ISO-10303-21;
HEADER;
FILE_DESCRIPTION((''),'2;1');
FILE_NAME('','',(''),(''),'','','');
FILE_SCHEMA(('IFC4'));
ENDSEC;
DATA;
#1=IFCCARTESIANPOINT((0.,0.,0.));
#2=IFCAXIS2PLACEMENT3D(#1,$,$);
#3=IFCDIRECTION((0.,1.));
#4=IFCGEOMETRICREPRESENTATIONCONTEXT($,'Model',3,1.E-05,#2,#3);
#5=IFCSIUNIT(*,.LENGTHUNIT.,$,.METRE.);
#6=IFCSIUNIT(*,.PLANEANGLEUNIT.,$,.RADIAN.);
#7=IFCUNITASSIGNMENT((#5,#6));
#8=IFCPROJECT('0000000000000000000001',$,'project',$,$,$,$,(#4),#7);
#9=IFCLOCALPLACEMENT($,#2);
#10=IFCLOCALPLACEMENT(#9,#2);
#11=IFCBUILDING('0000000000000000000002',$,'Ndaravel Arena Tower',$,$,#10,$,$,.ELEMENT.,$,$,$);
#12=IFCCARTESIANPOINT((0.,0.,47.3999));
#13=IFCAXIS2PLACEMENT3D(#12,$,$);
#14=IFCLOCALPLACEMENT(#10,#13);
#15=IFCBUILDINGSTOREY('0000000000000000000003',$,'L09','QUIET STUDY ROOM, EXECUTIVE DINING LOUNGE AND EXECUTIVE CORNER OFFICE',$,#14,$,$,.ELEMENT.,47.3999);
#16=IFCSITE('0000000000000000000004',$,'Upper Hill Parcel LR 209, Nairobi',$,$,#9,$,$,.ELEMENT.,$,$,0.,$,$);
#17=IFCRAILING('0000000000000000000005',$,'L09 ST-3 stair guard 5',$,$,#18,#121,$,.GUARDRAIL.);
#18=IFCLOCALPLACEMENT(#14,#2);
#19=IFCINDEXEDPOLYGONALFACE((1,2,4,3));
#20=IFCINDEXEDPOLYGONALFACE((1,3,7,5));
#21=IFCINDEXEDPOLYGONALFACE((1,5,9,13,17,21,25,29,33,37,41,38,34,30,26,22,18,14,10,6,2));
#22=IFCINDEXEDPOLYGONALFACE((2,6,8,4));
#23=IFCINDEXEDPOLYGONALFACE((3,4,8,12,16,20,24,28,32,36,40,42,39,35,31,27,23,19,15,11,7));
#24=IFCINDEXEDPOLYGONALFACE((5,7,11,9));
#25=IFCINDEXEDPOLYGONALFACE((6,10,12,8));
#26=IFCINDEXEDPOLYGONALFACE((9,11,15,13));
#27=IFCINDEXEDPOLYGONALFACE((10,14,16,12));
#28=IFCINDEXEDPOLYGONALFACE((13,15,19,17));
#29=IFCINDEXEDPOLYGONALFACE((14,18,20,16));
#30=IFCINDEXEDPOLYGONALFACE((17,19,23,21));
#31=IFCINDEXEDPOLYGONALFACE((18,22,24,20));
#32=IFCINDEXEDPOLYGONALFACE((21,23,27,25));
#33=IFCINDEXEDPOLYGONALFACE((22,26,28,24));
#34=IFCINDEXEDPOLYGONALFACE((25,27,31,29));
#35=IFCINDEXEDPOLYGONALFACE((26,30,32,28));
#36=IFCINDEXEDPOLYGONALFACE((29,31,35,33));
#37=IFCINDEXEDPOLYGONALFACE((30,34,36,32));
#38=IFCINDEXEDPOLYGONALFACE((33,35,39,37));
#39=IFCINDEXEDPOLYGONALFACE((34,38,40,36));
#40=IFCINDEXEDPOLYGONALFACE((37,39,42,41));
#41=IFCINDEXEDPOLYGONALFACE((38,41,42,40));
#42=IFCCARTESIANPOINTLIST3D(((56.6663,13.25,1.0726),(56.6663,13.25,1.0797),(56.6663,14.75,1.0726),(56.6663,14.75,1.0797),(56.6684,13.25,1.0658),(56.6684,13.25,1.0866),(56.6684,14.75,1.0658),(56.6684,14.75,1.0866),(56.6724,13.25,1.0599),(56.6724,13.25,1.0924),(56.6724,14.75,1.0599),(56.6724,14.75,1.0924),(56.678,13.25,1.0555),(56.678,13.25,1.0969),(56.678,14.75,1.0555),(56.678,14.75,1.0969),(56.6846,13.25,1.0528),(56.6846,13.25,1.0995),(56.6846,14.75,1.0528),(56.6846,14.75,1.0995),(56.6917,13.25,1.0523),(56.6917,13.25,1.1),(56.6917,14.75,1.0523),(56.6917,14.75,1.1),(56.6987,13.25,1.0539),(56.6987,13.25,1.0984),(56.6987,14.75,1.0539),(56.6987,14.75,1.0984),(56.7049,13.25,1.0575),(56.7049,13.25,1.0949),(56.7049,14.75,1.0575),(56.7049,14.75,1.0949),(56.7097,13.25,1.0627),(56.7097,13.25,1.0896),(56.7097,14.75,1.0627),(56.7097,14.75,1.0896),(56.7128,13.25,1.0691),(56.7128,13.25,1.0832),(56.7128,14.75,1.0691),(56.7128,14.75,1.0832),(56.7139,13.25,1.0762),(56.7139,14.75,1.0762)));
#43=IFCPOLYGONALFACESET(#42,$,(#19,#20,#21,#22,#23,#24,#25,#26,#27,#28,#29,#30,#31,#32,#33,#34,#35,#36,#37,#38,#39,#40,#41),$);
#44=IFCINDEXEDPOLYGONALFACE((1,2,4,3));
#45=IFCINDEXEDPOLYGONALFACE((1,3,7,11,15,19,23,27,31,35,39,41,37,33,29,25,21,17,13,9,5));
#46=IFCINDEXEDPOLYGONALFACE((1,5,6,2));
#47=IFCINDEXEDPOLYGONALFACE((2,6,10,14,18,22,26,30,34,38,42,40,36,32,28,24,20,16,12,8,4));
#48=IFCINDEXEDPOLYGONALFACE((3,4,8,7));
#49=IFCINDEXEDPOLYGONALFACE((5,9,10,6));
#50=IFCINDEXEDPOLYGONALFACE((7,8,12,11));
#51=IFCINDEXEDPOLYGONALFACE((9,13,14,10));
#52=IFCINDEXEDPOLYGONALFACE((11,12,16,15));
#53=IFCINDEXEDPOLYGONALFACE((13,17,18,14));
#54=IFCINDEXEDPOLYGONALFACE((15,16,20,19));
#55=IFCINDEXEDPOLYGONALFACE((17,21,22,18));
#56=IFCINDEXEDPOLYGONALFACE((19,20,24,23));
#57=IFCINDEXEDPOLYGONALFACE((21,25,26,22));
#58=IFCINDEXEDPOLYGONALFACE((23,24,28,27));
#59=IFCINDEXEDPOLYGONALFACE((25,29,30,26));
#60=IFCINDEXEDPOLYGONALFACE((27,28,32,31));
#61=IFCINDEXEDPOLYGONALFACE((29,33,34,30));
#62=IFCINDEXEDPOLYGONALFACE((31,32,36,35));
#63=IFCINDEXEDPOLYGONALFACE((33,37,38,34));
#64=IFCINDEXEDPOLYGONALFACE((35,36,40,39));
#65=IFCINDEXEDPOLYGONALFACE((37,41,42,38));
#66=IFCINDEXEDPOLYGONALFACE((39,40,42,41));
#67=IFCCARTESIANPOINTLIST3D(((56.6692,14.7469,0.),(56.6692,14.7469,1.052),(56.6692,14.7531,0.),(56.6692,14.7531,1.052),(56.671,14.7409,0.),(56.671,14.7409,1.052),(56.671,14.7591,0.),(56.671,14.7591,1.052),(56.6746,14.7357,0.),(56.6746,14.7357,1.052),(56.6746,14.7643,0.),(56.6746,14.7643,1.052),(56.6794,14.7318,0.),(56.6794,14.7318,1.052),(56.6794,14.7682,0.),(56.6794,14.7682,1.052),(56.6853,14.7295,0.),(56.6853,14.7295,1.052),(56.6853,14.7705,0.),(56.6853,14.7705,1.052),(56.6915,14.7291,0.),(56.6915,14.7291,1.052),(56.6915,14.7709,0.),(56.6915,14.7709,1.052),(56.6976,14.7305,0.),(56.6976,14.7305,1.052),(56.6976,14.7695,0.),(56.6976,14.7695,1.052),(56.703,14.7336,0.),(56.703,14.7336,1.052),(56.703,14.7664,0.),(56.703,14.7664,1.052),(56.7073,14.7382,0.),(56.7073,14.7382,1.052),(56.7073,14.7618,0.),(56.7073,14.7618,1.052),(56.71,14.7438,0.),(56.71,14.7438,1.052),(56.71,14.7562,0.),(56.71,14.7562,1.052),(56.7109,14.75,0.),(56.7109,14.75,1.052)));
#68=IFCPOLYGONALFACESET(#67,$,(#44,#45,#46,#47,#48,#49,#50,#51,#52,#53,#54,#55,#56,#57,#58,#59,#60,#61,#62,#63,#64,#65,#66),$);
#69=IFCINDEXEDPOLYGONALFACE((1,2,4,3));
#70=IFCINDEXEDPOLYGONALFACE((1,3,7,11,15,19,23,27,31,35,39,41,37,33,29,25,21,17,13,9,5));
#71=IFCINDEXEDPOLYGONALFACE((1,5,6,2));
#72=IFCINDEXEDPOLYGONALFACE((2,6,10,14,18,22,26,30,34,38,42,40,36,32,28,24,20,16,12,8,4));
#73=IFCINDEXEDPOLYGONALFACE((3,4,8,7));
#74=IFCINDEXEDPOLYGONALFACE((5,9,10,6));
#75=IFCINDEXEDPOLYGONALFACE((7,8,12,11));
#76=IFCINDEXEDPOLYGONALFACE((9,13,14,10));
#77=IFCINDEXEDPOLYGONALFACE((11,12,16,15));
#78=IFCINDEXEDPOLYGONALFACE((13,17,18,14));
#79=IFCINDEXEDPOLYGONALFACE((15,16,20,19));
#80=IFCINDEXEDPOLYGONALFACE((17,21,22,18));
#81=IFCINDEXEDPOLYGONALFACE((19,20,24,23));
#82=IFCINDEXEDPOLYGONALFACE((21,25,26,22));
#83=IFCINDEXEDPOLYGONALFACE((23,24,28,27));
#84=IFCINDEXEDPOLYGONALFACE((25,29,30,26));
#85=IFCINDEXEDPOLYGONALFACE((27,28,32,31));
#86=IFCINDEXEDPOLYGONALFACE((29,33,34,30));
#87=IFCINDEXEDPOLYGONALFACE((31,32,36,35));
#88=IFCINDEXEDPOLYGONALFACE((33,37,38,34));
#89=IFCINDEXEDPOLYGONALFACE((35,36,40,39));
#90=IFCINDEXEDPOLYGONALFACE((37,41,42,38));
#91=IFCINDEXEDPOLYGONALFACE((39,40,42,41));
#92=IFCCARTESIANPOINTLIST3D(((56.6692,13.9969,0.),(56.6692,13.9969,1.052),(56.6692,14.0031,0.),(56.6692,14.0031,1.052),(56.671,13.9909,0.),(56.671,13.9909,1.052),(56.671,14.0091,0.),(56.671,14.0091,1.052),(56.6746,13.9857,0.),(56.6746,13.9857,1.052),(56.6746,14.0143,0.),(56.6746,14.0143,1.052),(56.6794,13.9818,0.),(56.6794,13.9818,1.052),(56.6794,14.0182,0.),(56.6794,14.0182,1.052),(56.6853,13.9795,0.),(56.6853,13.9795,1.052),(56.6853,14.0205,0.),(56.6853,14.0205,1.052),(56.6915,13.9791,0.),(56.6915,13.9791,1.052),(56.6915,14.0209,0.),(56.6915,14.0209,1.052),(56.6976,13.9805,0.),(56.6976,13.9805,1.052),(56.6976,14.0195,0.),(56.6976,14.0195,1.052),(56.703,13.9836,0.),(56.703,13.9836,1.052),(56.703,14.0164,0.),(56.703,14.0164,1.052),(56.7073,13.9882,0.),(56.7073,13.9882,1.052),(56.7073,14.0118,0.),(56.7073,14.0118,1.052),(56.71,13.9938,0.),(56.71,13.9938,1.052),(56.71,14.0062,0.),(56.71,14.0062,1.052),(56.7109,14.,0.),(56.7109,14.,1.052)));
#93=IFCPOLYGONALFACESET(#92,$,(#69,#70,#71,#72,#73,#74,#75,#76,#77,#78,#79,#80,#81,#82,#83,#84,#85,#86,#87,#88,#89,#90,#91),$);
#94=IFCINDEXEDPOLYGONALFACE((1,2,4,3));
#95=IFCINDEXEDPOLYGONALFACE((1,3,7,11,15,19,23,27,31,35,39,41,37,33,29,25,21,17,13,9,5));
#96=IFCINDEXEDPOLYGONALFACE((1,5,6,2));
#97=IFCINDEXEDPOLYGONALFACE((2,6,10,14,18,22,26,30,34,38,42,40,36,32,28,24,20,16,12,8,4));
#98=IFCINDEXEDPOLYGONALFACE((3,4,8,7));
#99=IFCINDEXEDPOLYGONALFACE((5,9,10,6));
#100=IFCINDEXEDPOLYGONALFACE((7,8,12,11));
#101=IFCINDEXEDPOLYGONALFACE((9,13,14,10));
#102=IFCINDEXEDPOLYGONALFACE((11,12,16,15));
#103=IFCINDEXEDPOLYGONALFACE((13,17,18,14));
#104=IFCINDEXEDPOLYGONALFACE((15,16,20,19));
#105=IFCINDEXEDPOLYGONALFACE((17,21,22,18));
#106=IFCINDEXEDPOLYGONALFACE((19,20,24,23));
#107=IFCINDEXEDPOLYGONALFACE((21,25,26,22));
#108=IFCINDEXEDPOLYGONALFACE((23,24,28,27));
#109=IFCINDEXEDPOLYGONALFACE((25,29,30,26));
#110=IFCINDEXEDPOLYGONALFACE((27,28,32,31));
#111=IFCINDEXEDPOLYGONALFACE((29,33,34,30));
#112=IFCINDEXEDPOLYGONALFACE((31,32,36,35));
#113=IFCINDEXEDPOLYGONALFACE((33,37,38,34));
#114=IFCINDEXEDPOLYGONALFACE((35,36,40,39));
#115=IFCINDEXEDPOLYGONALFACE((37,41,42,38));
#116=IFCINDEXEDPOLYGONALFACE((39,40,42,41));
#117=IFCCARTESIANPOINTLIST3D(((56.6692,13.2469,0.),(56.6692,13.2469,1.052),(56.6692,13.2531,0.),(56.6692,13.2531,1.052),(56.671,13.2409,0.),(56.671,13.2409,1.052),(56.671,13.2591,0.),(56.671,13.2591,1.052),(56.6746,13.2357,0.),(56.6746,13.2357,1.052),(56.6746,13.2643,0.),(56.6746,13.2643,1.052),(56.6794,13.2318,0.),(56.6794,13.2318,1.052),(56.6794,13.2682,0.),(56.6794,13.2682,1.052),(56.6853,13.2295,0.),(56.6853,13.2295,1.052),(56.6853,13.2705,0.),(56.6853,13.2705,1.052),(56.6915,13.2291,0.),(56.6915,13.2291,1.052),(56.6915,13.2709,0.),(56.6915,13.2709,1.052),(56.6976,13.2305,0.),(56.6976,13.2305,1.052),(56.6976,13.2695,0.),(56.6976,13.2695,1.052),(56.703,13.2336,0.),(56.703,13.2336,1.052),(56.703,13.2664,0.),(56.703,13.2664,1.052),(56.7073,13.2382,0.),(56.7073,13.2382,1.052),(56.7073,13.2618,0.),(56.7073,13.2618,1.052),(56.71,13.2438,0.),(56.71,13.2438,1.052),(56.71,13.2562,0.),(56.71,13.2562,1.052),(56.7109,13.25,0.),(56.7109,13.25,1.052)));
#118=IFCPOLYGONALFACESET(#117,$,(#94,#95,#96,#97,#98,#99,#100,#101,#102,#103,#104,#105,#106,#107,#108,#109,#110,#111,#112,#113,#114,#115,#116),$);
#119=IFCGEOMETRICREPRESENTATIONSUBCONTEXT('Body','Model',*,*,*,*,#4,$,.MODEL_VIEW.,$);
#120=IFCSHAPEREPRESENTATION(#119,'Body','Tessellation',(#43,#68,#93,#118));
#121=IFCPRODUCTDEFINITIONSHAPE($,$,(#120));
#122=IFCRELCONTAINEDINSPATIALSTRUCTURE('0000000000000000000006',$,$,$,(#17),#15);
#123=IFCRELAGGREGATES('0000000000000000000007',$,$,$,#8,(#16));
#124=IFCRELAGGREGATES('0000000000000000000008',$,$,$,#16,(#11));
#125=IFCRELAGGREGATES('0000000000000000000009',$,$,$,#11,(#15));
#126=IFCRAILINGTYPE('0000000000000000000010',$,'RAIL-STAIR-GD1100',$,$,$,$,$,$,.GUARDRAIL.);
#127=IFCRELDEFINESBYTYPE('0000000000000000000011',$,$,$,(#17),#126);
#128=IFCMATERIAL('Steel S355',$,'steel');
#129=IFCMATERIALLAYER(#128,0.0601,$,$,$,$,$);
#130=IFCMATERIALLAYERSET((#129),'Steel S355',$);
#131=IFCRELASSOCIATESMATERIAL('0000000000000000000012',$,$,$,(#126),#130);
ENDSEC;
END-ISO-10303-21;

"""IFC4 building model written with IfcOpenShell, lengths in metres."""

from ifc_helpers import new_model, si_unit, direction, frame, origin, origin_2d, place, context, subcontext, project, spatial, circle, extrude, material, layer, layer_set, type_object, element, save


model = new_model("IFC4")

# Units and contexts
model_context = context("Model", 3, precision=1e-05, world=origin(), true_north=direction((0.0, 1.0)))
body_context = subcontext(model_context, "Body", "Model", "MODEL_VIEW")
ifc_project = project(units=[si_unit("LENGTHUNIT", "METRE"), si_unit("PLANEANGLEUNIT", "RADIAN")], contexts=[model_context])

# Site, building, storey
site_placement = place(None, origin())
site = spatial("IfcSite", under=ifc_project, at=site_placement, Name="Upper Hill Parcel LR 209, Nairobi", CompositionType="ELEMENT", RefElevation=0.0)
building_placement = place(site_placement, origin())
building = spatial("IfcBuilding", under=site, at=building_placement, Name="Ndaravel Arena Tower", CompositionType="ELEMENT")
storey_placement = place(building_placement, frame((0.0, 0.0, 47.3999)))
storey = spatial("IfcBuildingStorey", under=building, at=storey_placement, Name="L09", Description="QUIET STUDY ROOM, EXECUTIVE DINING LOUNGE AND EXECUTIVE CORNER OFFICE", CompositionType="ELEMENT", Elevation=47.3999)

# Railing
ifc_material_1 = material(Name="Steel S355", Category="steel")
ifc_layer_1 = layer(ifc_material_1, 0.0601)
ifc_layer_set_1 = layer_set([ifc_layer_1], Name="Steel S355")
railing_type = type_object("IfcRailingType", Name="RAIL-STAIR-GD1100", PredefinedType="GUARDRAIL", material=ifc_layer_set_1)
for number, where, name in (
    (1, (56.6899, 14.75, 0.0), "L09 ST-3 stair guard 5"),
):
    element("IfcRailing", number, at=place(storey_placement, frame(where)), inside=storey, type_object=railing_type, Name=name, PredefinedType="GUARDRAIL", context=body_context, shape_type="SweptSolid", body=[
        extrude(circle(Radius=0.0239, at=origin_2d()), frame((0.0, 0.0, 1.0762), z_axis=(0.0, -1.0, 0.0), x_axis=(1.0, 0.0, 0.0)), (0.0, 0.0, 1.0), 1.5),
        extrude(circle(Radius=0.021, at=origin_2d()), origin(), (0.0, 0.0, 1.0), 1.052),
        extrude(circle(Radius=0.021, at=origin_2d()), frame((0.0, -0.75, 0.0)), (0.0, 0.0, 1.0), 1.052),
        extrude(circle(Radius=0.021, at=origin_2d()), frame((0.0, -1.5, 0.0)), (0.0, 0.0, 1.0), 1.052),
    ])

save(model, "model.ifc")
